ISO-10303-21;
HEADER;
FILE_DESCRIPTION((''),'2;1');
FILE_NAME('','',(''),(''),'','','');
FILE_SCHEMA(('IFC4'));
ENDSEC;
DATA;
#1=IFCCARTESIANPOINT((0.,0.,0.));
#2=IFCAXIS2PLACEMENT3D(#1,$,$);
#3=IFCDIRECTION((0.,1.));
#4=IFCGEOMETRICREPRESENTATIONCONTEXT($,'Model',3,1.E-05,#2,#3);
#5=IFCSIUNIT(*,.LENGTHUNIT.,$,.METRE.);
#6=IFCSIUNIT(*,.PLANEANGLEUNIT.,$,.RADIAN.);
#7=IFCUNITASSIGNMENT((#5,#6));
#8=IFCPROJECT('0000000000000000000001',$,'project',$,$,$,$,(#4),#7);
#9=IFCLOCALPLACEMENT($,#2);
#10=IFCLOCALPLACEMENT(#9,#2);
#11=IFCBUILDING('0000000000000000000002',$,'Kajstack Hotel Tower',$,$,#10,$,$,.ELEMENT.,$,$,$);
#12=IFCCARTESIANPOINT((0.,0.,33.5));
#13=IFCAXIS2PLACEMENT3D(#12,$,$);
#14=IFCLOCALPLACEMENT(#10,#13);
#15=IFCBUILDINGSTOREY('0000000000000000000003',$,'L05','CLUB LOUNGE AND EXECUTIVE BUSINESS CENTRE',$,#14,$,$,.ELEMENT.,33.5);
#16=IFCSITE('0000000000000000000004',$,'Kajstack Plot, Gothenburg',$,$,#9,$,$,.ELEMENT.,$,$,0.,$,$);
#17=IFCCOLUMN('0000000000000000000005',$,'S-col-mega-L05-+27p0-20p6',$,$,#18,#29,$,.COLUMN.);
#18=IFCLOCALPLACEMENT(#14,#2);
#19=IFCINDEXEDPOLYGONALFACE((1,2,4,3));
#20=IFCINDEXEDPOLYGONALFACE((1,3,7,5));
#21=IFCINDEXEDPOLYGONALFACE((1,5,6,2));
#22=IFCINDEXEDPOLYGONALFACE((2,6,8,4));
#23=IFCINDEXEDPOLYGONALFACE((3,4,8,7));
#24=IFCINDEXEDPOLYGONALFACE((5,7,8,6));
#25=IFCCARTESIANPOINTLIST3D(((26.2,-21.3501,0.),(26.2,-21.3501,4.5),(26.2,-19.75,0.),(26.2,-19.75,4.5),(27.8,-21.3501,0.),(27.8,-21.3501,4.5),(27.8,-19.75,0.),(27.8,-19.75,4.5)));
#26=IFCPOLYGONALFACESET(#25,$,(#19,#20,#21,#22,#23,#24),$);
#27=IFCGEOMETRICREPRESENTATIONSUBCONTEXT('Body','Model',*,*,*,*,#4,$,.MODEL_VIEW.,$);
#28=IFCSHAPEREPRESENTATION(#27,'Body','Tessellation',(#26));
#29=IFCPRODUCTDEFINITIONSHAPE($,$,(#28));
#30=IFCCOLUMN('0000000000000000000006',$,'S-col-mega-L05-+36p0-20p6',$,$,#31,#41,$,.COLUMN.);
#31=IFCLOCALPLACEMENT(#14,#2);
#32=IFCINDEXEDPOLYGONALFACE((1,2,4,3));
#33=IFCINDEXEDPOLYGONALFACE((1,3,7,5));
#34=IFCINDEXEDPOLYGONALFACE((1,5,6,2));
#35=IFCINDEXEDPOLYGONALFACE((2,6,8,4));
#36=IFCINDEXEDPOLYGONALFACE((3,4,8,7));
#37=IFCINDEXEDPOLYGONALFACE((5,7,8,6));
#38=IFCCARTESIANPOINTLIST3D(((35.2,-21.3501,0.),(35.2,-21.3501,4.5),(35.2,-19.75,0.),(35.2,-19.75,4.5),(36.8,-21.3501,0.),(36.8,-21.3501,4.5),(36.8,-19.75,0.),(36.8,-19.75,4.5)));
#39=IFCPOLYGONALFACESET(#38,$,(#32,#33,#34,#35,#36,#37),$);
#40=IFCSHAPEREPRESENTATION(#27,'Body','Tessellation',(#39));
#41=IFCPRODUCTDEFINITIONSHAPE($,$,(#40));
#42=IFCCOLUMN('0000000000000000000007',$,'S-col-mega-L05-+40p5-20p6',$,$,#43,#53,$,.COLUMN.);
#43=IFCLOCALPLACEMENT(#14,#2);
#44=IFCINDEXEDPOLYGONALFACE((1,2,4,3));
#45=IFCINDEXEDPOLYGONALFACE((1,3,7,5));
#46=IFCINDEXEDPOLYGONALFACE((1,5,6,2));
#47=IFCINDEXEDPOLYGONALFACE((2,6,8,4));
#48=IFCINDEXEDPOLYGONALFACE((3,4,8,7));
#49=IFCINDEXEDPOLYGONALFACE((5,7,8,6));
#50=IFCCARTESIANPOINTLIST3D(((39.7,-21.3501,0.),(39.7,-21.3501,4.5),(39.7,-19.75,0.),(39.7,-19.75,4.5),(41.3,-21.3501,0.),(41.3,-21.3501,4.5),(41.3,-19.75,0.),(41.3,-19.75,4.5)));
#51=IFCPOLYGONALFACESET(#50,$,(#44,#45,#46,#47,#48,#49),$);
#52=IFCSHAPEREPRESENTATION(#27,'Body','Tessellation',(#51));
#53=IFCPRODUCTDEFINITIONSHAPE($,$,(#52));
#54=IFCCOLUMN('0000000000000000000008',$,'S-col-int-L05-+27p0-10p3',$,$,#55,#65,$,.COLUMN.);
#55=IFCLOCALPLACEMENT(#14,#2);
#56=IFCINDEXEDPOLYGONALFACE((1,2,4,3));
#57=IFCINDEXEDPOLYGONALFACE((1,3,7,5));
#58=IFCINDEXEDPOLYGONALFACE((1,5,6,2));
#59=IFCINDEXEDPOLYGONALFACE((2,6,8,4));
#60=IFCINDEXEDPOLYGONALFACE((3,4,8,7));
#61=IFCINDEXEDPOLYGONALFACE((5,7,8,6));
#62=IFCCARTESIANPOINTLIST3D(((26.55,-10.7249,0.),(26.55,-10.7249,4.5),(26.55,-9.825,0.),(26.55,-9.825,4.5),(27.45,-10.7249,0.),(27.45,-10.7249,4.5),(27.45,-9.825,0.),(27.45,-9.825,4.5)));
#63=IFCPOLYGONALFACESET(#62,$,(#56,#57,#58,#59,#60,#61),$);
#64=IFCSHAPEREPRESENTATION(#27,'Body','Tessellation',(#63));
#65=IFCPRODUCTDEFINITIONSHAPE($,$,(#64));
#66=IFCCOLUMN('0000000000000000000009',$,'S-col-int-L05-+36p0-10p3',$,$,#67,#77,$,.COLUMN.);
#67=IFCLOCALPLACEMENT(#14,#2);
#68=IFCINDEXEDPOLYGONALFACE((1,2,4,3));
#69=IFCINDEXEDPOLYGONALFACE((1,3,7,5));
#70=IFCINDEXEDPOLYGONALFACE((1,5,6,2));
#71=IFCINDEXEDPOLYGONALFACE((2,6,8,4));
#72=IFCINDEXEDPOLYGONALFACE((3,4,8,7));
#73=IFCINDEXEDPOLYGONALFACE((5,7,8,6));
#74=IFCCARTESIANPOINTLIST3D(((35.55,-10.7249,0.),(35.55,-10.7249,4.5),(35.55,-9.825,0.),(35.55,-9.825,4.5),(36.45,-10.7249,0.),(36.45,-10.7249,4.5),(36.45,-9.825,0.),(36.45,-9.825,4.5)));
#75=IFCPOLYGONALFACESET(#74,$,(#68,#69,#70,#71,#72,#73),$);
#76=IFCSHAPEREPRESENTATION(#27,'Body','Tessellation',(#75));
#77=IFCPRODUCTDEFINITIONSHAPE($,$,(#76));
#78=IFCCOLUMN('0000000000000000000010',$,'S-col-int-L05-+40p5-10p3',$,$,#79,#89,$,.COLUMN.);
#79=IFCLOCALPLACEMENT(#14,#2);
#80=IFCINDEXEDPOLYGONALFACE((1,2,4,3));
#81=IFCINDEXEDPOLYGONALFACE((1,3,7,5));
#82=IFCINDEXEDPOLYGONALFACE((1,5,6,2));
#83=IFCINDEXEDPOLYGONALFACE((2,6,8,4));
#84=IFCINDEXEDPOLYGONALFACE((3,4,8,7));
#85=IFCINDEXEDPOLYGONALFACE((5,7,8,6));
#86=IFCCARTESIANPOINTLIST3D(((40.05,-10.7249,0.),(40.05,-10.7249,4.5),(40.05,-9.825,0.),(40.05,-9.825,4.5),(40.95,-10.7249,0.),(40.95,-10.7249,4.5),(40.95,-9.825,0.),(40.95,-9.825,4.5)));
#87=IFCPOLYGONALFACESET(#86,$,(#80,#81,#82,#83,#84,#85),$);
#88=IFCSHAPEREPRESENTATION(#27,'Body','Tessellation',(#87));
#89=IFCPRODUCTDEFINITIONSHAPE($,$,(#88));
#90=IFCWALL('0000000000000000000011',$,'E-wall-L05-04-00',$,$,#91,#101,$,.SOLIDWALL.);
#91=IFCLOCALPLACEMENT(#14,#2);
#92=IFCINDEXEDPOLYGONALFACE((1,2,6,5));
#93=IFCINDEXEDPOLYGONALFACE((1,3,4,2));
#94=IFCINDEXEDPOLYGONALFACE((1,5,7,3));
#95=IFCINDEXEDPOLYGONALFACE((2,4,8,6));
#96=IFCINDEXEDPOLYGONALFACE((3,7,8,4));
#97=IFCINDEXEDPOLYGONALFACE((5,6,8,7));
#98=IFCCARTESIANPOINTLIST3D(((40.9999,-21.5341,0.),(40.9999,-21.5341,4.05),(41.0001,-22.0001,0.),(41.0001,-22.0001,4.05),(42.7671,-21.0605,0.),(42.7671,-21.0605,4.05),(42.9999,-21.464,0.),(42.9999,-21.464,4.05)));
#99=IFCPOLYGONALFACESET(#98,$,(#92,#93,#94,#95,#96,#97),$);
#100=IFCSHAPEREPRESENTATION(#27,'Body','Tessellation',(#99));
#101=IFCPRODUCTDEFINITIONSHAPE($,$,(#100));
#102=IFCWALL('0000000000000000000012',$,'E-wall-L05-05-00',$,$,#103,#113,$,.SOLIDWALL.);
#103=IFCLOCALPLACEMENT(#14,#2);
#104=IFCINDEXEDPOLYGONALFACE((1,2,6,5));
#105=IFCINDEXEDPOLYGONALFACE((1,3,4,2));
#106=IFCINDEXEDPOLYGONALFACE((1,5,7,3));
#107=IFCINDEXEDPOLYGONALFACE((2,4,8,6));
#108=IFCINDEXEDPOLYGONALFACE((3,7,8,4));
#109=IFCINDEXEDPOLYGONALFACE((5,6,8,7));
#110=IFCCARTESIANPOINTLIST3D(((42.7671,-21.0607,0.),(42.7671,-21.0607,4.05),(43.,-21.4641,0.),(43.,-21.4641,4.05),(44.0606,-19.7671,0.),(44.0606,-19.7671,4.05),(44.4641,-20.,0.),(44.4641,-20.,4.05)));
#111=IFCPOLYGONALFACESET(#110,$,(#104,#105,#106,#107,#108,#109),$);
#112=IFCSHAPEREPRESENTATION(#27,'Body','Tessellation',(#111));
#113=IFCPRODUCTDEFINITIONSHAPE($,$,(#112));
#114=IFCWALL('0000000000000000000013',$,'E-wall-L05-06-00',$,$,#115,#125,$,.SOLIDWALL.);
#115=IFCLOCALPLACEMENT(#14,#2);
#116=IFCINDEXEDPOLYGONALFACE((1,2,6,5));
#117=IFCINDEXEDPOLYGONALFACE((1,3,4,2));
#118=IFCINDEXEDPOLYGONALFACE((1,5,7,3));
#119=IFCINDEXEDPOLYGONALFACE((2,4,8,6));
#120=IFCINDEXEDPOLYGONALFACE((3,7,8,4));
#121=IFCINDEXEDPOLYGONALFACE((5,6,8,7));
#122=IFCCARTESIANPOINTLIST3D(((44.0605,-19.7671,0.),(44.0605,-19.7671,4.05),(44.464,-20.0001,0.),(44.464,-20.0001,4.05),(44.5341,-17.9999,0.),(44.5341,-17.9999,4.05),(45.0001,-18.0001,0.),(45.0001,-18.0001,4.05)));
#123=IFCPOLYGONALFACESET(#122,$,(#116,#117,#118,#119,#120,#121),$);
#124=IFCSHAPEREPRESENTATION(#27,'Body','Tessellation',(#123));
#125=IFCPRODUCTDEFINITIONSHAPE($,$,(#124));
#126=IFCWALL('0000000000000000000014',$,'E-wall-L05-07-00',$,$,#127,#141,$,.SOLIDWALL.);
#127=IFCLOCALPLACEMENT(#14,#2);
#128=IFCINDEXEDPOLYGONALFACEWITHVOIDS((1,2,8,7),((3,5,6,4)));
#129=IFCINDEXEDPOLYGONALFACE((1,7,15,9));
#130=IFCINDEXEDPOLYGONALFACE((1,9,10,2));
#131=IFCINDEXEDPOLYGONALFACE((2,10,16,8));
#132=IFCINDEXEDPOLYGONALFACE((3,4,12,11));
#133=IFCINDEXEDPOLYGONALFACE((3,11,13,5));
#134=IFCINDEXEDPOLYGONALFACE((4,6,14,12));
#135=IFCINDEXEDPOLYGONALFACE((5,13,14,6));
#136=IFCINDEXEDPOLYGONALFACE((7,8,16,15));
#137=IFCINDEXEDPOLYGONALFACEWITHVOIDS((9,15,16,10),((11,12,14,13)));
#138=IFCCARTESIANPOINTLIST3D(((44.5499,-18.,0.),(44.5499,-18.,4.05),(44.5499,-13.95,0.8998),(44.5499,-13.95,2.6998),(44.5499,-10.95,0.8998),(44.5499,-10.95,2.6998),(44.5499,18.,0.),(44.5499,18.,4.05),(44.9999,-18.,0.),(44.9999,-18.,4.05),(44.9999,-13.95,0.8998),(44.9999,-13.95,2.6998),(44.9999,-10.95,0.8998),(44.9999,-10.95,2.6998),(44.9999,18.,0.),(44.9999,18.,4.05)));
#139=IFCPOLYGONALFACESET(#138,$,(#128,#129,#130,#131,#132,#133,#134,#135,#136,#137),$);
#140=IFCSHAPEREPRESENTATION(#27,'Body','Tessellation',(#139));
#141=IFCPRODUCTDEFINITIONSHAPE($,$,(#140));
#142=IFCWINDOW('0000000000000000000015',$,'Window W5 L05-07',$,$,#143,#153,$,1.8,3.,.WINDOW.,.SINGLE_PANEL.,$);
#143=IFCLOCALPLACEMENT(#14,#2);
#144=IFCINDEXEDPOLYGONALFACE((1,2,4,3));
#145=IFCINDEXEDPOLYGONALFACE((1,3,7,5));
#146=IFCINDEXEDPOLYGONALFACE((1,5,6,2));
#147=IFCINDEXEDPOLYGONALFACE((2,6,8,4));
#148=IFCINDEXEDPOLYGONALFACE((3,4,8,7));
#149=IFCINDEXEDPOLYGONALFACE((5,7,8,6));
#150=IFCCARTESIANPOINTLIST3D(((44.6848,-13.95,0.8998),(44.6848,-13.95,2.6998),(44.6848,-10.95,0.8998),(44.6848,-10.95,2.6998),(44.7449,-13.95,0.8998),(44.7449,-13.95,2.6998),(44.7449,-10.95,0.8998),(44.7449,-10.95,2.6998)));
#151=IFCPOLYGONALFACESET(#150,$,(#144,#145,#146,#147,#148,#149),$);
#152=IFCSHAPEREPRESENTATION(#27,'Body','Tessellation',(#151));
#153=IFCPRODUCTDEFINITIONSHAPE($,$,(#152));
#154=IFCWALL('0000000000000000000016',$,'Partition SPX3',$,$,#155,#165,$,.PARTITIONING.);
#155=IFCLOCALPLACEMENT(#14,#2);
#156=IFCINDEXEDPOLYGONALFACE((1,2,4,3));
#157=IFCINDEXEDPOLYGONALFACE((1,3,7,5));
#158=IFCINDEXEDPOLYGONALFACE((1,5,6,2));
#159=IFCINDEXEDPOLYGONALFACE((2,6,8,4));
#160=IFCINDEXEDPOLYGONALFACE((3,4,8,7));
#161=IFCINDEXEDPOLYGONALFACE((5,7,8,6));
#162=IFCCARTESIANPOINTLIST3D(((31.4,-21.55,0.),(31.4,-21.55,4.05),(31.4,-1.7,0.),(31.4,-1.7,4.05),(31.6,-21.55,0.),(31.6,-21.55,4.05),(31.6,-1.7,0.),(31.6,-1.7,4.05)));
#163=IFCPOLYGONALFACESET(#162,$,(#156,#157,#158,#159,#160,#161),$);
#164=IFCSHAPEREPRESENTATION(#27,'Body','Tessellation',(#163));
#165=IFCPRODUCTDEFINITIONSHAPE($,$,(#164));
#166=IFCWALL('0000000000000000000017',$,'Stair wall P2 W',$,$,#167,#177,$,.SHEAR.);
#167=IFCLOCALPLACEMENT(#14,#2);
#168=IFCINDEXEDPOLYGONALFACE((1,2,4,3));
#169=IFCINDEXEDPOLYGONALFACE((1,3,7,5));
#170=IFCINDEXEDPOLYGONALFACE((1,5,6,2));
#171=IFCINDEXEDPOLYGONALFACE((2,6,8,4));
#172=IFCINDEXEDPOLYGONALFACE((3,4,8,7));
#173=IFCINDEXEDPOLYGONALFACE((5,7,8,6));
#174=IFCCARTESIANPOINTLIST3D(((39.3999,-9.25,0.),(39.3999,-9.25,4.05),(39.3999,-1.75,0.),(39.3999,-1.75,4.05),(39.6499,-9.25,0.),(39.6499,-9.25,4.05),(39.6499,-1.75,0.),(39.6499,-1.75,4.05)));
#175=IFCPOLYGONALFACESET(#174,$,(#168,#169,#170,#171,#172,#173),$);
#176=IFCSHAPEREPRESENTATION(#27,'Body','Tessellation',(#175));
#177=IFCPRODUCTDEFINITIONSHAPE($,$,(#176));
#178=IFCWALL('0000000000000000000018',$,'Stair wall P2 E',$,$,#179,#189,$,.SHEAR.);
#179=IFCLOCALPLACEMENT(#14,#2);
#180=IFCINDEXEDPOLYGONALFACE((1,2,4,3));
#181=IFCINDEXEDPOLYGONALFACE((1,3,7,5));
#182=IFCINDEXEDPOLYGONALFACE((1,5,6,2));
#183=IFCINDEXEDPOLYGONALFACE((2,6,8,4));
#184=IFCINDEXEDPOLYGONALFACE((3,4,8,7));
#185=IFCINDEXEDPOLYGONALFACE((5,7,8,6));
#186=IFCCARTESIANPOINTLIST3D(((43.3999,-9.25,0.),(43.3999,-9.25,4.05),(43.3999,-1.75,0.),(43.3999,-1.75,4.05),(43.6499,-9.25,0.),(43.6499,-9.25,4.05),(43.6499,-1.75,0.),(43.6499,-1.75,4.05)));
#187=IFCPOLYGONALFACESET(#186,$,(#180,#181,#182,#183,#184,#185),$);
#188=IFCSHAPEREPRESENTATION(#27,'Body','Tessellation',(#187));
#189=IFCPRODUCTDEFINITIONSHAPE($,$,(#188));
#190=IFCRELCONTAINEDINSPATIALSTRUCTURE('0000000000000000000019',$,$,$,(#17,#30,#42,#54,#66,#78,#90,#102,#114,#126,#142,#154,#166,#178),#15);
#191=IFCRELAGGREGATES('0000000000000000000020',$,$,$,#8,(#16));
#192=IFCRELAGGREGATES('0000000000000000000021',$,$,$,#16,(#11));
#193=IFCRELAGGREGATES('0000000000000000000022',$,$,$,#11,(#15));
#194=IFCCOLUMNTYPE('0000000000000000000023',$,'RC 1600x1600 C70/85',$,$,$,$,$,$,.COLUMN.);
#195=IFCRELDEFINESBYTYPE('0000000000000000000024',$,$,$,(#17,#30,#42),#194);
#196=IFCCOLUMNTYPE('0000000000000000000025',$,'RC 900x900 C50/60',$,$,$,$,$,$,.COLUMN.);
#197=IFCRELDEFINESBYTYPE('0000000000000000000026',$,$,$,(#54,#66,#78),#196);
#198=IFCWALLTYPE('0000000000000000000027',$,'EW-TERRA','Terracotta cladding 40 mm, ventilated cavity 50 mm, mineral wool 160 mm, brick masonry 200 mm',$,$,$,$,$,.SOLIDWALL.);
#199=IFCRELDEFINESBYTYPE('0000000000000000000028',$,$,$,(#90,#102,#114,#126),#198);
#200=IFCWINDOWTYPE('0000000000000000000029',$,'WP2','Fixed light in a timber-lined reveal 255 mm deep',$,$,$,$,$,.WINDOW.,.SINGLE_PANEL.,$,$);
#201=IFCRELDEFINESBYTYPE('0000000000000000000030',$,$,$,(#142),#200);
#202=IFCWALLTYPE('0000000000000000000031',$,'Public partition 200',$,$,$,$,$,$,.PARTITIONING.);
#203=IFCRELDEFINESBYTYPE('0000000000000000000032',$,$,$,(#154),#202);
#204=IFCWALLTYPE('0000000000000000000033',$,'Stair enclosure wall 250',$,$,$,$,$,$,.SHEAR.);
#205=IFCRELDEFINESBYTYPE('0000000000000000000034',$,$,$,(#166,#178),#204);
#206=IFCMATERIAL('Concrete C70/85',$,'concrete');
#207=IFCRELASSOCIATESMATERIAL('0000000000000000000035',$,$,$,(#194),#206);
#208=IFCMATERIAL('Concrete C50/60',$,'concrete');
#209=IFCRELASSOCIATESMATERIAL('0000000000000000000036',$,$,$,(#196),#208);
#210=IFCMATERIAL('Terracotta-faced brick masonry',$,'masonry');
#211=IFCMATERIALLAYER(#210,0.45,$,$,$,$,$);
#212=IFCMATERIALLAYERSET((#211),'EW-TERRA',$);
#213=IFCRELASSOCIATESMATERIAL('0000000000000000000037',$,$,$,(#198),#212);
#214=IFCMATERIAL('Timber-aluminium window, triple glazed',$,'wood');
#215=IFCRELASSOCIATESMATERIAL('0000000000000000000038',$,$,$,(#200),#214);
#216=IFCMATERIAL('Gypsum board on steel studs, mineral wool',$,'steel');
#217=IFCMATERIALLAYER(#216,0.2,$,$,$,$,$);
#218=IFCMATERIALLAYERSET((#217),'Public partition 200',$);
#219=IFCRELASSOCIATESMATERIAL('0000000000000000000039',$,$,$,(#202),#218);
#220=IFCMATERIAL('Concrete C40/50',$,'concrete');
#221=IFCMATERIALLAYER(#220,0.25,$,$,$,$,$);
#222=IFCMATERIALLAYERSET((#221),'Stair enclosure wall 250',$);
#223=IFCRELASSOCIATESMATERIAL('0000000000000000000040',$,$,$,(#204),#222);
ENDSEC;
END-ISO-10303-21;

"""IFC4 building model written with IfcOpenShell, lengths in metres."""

from ifc_helpers import new_model, si_unit, direction, frame, frame_2d, origin, origin_2d, place, context, subcontext, project, spatial, polyline, rectangle, outline, extrude, material, layer, layer_set, material_profile, profile_set, type_object, element, fill, save


model = new_model("IFC4")

# Units and contexts
model_context = context("Model", 3, precision=1e-05, world=origin(), true_north=direction((0.0, 1.0)))
body_context = subcontext(model_context, "Body", "Model", "MODEL_VIEW")
ifc_project = project(units=[si_unit("LENGTHUNIT", "METRE"), si_unit("PLANEANGLEUNIT", "RADIAN")], contexts=[model_context])

# Site, building, storey
site_placement = place(None, origin())
site = spatial("IfcSite", under=ifc_project, at=site_placement, Name="Kajstack Plot, Gothenburg", CompositionType="ELEMENT", RefElevation=0.0)
building_placement = place(site_placement, origin())
building = spatial("IfcBuilding", under=site, at=building_placement, Name="Kajstack Hotel Tower", CompositionType="ELEMENT")
storey_placement = place(building_placement, frame((0.0, 0.0, 33.5)))
storey = spatial("IfcBuildingStorey", under=building, at=storey_placement, Name="L05", Description="CLUB LOUNGE AND EXECUTIVE BUSINESS CENTRE", CompositionType="ELEMENT", Elevation=33.5)

# Columns
ifc_material_1 = material(Name="Concrete C70/85", Category="concrete")
ifc_material_profile_1 = material_profile(ifc_material_1, rectangle(XDim=1.6001, YDim=1.6001, at=origin_2d()), Name="RC 1600x1600")
ifc_profile_set_1 = profile_set([ifc_material_profile_1], Name="Concrete C70/85")
column_type_1 = type_object("IfcColumnType", Name="RC 1600x1600 C70/85", PredefinedType="COLUMN", material=ifc_profile_set_1)
for number, where, z_axis, x_axis, name in (
    (1, (27.0, -20.55, 0.0), (0.0, 0.0, 1.0), (1.0, 0.0, 0.0), "S-col-mega-L05-+27p0-20p6"),
    (2, (36.0, -20.55, 0.0), (0.0, 0.0, 1.0), (1.0, 0.0, 0.0), "S-col-mega-L05-+36p0-20p6"),
    (3, (40.5, -20.55, 0.0), (0.0, 0.0, 1.0), (1.0, 0.0, 0.0), "S-col-mega-L05-+40p5-20p6"),
):
    element("IfcColumn", number, at=place(storey_placement, frame(where, z_axis=z_axis, x_axis=x_axis)), inside=storey, type_object=column_type_1, Name=name, PredefinedType="COLUMN", context=body_context, shape_type="SweptSolid", body=[
        extrude(rectangle(XDim=1.6001, YDim=1.6001, at=origin_2d()), origin(), (0.0, 0.0, 1.0), 4.5),
    ])
ifc_material_2 = material(Name="Concrete C50/60", Category="concrete")
ifc_material_profile_2 = material_profile(ifc_material_2, rectangle(XDim=0.8999, YDim=0.8999, at=origin_2d()), Name="RC 900x900")
ifc_profile_set_2 = profile_set([ifc_material_profile_2], Name="Concrete C50/60")
column_type_2 = type_object("IfcColumnType", Name="RC 900x900 C50/60", PredefinedType="COLUMN", material=ifc_profile_set_2)
for number, where, z_axis, x_axis, name in (
    (4, (27.0, -10.2749, 0.0), (0.0, 0.0, 1.0), (1.0, 0.0, 0.0), "S-col-int-L05-+27p0-10p3"),
    (5, (36.0, -10.2749, 0.0), (0.0, 0.0, 1.0), (1.0, 0.0, 0.0), "S-col-int-L05-+36p0-10p3"),
    (6, (40.5, -10.2749, 0.0), (0.0, 0.0, 1.0), (1.0, 0.0, 0.0), "S-col-int-L05-+40p5-10p3"),
):
    element("IfcColumn", number, at=place(storey_placement, frame(where, z_axis=z_axis, x_axis=x_axis)), inside=storey, type_object=column_type_2, Name=name, PredefinedType="COLUMN", context=body_context, shape_type="SweptSolid", body=[
        extrude(rectangle(XDim=0.8999, YDim=0.8999, at=origin_2d()), origin(), (0.0, 0.0, 1.0), 4.5),
    ])

# Walls
ifc_material_3 = material(Name="Terracotta-faced brick masonry", Category="masonry")
ifc_layer_1 = layer(ifc_material_3, 0.45)
ifc_layer_set_1 = layer_set([ifc_layer_1], Name="EW-TERRA")
wall_type_1 = type_object("IfcWallType", Name="EW-TERRA", Description="Terracotta cladding 40 mm, ventilated cavity 50 mm, mineral wool 160 mm, brick masonry 200 mm", PredefinedType="SOLIDWALL", material=ifc_layer_set_1)
wall_1_placement = place(storey_placement, frame((40.9417, -21.7827, 0.0), z_axis=(0.0, 0.0, 1.0), x_axis=(0.965927, 0.258815, 0.0)))
element("IfcWall", 7, at=wall_1_placement, inside=storey, type_object=wall_type_1, Name="E-wall-L05-04-00", PredefinedType="SOLIDWALL", context=body_context, shape_type="SweptSolid", body=[
    extrude(outline(polyline([(0.0002, -0.2251), (2.0706, -0.2249), (1.9502, 0.2251), (0.1206, 0.2251), (0.0002, -0.2251)])), origin(), (0.0, 0.0, 1.0), 4.05),
])
wall_2_placement = place(storey_placement, frame((42.8408, -21.3049, 0.0), z_axis=(0.0, 0.0, 1.0), x_axis=(0.707107, 0.707107, 0.0)))
element("IfcWall", 8, at=wall_2_placement, inside=storey, type_object=wall_type_1, Name="E-wall-L05-05-00", PredefinedType="SOLIDWALL", context=body_context, shape_type="SweptSolid", body=[
    extrude(outline(polyline([(0.0, -0.2251), (2.0706, -0.2251), (1.95, 0.2249), (0.1206, 0.2249), (0.0, -0.2251)])), origin(), (0.0, 0.0, 1.0), 4.05),
])
wall_3_placement = place(storey_placement, frame((44.2468, -19.9417, 0.0), z_axis=(0.0, 0.0, 1.0), x_axis=(0.258815, 0.965927, 0.0)))
element("IfcWall", 9, at=wall_3_placement, inside=storey, type_object=wall_type_1, Name="E-wall-L05-06-00", PredefinedType="SOLIDWALL", context=body_context, shape_type="SweptSolid", body=[
    extrude(outline(polyline([(-0.0002, -0.2249), (2.0703, -0.2251), (1.95, 0.2251), (0.1204, 0.2251), (-0.0002, -0.2249)])), origin(), (0.0, 0.0, 1.0), 4.05),
])

# Wall, opening, window
wall_4_placement = place(storey_placement, frame((44.7749, -18.0, 0.0), z_axis=(0.0, 0.0, 1.0), x_axis=(0.0, 1.0, 0.0)))
wall_4 = element("IfcWall", 10, at=wall_4_placement, inside=storey, type_object=wall_type_1, Name="E-wall-L05-07-00", PredefinedType="SOLIDWALL", context=body_context, shape_type="SweptSolid", body=[
    extrude(rectangle(XDim=36.0, YDim=0.45, at=frame_2d((18.0, 0.0))), origin(), (0.0, 0.0, 1.0), 4.05),
])
opening_1_placement = place(wall_4_placement, frame((4.05, 0.0, 0.8999)))
opening_1 = element("IfcOpeningElement", 11, at=opening_1_placement, cuts=wall_4, PredefinedType="OPENING", context=body_context, shape_type="SweptSolid", body=[
    extrude(rectangle(XDim=3.0, YDim=1.8, at=frame_2d((1.5, 0.8999))), frame((0.0, 0.2349, 0.0), z_axis=(0.0, -1.0, 0.0), x_axis=(1.0, 0.0, 0.0)), (0.0, 0.0, 1.0), 0.47),
])
ifc_material_4 = material(Name="Timber-aluminium window, triple glazed", Category="wood")
window_type = type_object("IfcWindowType", Name="WP2", Description="Fixed light in a timber-lined reveal 255 mm deep", PartitioningType="SINGLE_PANEL", PredefinedType="WINDOW", material=ifc_material_4)
window_placement = place(opening_1_placement, origin())
window = element("IfcWindow", 12, at=window_placement, inside=storey, type_object=window_type, Name="Window W5 L05-07", OverallHeight=1.8, OverallWidth=3.0, PartitioningType="SINGLE_PANEL", PredefinedType="WINDOW", context=body_context, shape_type="SweptSolid", body=[
    extrude(rectangle(XDim=3.0, YDim=1.8, at=frame_2d((1.5, 0.8999))), frame((0.0, 0.0901, 0.0), z_axis=(0.0, -1.0, 0.0), x_axis=(1.0, 0.0, 0.0)), (0.0, 0.0, 1.0), 0.0601),
])
fill(opening_1, window)

# Walls
ifc_material_5 = material(Name="Gypsum board on steel studs, mineral wool", Category="steel")
ifc_layer_2 = layer(ifc_material_5, 0.2)
ifc_layer_set_2 = layer_set([ifc_layer_2], Name="Public partition 200")
wall_type_2 = type_object("IfcWallType", Name="Public partition 200", PredefinedType="PARTITIONING", material=ifc_layer_set_2)
wall_5_placement = place(storey_placement, frame((31.5, -21.55, 0.0), z_axis=(0.0, 0.0, 1.0), x_axis=(0.0, 1.0, 0.0)))
element("IfcWall", 13, at=wall_5_placement, inside=storey, type_object=wall_type_2, Name="Partition SPX3", PredefinedType="PARTITIONING", context=body_context, shape_type="SweptSolid", body=[
    extrude(rectangle(XDim=19.8501, YDim=0.2, at=frame_2d((9.925, 0.0))), origin(), (0.0, 0.0, 1.0), 4.05),
])
ifc_material_6 = material(Name="Concrete C40/50", Category="concrete")
ifc_layer_3 = layer(ifc_material_6, 0.25)
ifc_layer_set_3 = layer_set([ifc_layer_3], Name="Stair enclosure wall 250")
wall_type_3 = type_object("IfcWallType", Name="Stair enclosure wall 250", PredefinedType="SHEAR", material=ifc_layer_set_3)
for number, where, z_axis, x_axis, name in (
    (14, (39.5249, -9.25, 0.0), (0.0, 0.0, 1.0), (0.0, 1.0, 0.0), "Stair wall P2 W"),
    (15, (43.5249, -9.25, 0.0), (0.0, 0.0, 1.0), (0.0, 1.0, 0.0), "Stair wall P2 E"),
):
    element("IfcWall", number, at=place(storey_placement, frame(where, z_axis=z_axis, x_axis=x_axis)), inside=storey, type_object=wall_type_3, Name=name, PredefinedType="SHEAR", context=body_context, shape_type="SweptSolid", body=[
        extrude(rectangle(XDim=7.5, YDim=0.25, at=frame_2d((3.75, 0.0))), origin(), (0.0, 0.0, 1.0), 4.05),
    ])

save(model, "model.ifc")
